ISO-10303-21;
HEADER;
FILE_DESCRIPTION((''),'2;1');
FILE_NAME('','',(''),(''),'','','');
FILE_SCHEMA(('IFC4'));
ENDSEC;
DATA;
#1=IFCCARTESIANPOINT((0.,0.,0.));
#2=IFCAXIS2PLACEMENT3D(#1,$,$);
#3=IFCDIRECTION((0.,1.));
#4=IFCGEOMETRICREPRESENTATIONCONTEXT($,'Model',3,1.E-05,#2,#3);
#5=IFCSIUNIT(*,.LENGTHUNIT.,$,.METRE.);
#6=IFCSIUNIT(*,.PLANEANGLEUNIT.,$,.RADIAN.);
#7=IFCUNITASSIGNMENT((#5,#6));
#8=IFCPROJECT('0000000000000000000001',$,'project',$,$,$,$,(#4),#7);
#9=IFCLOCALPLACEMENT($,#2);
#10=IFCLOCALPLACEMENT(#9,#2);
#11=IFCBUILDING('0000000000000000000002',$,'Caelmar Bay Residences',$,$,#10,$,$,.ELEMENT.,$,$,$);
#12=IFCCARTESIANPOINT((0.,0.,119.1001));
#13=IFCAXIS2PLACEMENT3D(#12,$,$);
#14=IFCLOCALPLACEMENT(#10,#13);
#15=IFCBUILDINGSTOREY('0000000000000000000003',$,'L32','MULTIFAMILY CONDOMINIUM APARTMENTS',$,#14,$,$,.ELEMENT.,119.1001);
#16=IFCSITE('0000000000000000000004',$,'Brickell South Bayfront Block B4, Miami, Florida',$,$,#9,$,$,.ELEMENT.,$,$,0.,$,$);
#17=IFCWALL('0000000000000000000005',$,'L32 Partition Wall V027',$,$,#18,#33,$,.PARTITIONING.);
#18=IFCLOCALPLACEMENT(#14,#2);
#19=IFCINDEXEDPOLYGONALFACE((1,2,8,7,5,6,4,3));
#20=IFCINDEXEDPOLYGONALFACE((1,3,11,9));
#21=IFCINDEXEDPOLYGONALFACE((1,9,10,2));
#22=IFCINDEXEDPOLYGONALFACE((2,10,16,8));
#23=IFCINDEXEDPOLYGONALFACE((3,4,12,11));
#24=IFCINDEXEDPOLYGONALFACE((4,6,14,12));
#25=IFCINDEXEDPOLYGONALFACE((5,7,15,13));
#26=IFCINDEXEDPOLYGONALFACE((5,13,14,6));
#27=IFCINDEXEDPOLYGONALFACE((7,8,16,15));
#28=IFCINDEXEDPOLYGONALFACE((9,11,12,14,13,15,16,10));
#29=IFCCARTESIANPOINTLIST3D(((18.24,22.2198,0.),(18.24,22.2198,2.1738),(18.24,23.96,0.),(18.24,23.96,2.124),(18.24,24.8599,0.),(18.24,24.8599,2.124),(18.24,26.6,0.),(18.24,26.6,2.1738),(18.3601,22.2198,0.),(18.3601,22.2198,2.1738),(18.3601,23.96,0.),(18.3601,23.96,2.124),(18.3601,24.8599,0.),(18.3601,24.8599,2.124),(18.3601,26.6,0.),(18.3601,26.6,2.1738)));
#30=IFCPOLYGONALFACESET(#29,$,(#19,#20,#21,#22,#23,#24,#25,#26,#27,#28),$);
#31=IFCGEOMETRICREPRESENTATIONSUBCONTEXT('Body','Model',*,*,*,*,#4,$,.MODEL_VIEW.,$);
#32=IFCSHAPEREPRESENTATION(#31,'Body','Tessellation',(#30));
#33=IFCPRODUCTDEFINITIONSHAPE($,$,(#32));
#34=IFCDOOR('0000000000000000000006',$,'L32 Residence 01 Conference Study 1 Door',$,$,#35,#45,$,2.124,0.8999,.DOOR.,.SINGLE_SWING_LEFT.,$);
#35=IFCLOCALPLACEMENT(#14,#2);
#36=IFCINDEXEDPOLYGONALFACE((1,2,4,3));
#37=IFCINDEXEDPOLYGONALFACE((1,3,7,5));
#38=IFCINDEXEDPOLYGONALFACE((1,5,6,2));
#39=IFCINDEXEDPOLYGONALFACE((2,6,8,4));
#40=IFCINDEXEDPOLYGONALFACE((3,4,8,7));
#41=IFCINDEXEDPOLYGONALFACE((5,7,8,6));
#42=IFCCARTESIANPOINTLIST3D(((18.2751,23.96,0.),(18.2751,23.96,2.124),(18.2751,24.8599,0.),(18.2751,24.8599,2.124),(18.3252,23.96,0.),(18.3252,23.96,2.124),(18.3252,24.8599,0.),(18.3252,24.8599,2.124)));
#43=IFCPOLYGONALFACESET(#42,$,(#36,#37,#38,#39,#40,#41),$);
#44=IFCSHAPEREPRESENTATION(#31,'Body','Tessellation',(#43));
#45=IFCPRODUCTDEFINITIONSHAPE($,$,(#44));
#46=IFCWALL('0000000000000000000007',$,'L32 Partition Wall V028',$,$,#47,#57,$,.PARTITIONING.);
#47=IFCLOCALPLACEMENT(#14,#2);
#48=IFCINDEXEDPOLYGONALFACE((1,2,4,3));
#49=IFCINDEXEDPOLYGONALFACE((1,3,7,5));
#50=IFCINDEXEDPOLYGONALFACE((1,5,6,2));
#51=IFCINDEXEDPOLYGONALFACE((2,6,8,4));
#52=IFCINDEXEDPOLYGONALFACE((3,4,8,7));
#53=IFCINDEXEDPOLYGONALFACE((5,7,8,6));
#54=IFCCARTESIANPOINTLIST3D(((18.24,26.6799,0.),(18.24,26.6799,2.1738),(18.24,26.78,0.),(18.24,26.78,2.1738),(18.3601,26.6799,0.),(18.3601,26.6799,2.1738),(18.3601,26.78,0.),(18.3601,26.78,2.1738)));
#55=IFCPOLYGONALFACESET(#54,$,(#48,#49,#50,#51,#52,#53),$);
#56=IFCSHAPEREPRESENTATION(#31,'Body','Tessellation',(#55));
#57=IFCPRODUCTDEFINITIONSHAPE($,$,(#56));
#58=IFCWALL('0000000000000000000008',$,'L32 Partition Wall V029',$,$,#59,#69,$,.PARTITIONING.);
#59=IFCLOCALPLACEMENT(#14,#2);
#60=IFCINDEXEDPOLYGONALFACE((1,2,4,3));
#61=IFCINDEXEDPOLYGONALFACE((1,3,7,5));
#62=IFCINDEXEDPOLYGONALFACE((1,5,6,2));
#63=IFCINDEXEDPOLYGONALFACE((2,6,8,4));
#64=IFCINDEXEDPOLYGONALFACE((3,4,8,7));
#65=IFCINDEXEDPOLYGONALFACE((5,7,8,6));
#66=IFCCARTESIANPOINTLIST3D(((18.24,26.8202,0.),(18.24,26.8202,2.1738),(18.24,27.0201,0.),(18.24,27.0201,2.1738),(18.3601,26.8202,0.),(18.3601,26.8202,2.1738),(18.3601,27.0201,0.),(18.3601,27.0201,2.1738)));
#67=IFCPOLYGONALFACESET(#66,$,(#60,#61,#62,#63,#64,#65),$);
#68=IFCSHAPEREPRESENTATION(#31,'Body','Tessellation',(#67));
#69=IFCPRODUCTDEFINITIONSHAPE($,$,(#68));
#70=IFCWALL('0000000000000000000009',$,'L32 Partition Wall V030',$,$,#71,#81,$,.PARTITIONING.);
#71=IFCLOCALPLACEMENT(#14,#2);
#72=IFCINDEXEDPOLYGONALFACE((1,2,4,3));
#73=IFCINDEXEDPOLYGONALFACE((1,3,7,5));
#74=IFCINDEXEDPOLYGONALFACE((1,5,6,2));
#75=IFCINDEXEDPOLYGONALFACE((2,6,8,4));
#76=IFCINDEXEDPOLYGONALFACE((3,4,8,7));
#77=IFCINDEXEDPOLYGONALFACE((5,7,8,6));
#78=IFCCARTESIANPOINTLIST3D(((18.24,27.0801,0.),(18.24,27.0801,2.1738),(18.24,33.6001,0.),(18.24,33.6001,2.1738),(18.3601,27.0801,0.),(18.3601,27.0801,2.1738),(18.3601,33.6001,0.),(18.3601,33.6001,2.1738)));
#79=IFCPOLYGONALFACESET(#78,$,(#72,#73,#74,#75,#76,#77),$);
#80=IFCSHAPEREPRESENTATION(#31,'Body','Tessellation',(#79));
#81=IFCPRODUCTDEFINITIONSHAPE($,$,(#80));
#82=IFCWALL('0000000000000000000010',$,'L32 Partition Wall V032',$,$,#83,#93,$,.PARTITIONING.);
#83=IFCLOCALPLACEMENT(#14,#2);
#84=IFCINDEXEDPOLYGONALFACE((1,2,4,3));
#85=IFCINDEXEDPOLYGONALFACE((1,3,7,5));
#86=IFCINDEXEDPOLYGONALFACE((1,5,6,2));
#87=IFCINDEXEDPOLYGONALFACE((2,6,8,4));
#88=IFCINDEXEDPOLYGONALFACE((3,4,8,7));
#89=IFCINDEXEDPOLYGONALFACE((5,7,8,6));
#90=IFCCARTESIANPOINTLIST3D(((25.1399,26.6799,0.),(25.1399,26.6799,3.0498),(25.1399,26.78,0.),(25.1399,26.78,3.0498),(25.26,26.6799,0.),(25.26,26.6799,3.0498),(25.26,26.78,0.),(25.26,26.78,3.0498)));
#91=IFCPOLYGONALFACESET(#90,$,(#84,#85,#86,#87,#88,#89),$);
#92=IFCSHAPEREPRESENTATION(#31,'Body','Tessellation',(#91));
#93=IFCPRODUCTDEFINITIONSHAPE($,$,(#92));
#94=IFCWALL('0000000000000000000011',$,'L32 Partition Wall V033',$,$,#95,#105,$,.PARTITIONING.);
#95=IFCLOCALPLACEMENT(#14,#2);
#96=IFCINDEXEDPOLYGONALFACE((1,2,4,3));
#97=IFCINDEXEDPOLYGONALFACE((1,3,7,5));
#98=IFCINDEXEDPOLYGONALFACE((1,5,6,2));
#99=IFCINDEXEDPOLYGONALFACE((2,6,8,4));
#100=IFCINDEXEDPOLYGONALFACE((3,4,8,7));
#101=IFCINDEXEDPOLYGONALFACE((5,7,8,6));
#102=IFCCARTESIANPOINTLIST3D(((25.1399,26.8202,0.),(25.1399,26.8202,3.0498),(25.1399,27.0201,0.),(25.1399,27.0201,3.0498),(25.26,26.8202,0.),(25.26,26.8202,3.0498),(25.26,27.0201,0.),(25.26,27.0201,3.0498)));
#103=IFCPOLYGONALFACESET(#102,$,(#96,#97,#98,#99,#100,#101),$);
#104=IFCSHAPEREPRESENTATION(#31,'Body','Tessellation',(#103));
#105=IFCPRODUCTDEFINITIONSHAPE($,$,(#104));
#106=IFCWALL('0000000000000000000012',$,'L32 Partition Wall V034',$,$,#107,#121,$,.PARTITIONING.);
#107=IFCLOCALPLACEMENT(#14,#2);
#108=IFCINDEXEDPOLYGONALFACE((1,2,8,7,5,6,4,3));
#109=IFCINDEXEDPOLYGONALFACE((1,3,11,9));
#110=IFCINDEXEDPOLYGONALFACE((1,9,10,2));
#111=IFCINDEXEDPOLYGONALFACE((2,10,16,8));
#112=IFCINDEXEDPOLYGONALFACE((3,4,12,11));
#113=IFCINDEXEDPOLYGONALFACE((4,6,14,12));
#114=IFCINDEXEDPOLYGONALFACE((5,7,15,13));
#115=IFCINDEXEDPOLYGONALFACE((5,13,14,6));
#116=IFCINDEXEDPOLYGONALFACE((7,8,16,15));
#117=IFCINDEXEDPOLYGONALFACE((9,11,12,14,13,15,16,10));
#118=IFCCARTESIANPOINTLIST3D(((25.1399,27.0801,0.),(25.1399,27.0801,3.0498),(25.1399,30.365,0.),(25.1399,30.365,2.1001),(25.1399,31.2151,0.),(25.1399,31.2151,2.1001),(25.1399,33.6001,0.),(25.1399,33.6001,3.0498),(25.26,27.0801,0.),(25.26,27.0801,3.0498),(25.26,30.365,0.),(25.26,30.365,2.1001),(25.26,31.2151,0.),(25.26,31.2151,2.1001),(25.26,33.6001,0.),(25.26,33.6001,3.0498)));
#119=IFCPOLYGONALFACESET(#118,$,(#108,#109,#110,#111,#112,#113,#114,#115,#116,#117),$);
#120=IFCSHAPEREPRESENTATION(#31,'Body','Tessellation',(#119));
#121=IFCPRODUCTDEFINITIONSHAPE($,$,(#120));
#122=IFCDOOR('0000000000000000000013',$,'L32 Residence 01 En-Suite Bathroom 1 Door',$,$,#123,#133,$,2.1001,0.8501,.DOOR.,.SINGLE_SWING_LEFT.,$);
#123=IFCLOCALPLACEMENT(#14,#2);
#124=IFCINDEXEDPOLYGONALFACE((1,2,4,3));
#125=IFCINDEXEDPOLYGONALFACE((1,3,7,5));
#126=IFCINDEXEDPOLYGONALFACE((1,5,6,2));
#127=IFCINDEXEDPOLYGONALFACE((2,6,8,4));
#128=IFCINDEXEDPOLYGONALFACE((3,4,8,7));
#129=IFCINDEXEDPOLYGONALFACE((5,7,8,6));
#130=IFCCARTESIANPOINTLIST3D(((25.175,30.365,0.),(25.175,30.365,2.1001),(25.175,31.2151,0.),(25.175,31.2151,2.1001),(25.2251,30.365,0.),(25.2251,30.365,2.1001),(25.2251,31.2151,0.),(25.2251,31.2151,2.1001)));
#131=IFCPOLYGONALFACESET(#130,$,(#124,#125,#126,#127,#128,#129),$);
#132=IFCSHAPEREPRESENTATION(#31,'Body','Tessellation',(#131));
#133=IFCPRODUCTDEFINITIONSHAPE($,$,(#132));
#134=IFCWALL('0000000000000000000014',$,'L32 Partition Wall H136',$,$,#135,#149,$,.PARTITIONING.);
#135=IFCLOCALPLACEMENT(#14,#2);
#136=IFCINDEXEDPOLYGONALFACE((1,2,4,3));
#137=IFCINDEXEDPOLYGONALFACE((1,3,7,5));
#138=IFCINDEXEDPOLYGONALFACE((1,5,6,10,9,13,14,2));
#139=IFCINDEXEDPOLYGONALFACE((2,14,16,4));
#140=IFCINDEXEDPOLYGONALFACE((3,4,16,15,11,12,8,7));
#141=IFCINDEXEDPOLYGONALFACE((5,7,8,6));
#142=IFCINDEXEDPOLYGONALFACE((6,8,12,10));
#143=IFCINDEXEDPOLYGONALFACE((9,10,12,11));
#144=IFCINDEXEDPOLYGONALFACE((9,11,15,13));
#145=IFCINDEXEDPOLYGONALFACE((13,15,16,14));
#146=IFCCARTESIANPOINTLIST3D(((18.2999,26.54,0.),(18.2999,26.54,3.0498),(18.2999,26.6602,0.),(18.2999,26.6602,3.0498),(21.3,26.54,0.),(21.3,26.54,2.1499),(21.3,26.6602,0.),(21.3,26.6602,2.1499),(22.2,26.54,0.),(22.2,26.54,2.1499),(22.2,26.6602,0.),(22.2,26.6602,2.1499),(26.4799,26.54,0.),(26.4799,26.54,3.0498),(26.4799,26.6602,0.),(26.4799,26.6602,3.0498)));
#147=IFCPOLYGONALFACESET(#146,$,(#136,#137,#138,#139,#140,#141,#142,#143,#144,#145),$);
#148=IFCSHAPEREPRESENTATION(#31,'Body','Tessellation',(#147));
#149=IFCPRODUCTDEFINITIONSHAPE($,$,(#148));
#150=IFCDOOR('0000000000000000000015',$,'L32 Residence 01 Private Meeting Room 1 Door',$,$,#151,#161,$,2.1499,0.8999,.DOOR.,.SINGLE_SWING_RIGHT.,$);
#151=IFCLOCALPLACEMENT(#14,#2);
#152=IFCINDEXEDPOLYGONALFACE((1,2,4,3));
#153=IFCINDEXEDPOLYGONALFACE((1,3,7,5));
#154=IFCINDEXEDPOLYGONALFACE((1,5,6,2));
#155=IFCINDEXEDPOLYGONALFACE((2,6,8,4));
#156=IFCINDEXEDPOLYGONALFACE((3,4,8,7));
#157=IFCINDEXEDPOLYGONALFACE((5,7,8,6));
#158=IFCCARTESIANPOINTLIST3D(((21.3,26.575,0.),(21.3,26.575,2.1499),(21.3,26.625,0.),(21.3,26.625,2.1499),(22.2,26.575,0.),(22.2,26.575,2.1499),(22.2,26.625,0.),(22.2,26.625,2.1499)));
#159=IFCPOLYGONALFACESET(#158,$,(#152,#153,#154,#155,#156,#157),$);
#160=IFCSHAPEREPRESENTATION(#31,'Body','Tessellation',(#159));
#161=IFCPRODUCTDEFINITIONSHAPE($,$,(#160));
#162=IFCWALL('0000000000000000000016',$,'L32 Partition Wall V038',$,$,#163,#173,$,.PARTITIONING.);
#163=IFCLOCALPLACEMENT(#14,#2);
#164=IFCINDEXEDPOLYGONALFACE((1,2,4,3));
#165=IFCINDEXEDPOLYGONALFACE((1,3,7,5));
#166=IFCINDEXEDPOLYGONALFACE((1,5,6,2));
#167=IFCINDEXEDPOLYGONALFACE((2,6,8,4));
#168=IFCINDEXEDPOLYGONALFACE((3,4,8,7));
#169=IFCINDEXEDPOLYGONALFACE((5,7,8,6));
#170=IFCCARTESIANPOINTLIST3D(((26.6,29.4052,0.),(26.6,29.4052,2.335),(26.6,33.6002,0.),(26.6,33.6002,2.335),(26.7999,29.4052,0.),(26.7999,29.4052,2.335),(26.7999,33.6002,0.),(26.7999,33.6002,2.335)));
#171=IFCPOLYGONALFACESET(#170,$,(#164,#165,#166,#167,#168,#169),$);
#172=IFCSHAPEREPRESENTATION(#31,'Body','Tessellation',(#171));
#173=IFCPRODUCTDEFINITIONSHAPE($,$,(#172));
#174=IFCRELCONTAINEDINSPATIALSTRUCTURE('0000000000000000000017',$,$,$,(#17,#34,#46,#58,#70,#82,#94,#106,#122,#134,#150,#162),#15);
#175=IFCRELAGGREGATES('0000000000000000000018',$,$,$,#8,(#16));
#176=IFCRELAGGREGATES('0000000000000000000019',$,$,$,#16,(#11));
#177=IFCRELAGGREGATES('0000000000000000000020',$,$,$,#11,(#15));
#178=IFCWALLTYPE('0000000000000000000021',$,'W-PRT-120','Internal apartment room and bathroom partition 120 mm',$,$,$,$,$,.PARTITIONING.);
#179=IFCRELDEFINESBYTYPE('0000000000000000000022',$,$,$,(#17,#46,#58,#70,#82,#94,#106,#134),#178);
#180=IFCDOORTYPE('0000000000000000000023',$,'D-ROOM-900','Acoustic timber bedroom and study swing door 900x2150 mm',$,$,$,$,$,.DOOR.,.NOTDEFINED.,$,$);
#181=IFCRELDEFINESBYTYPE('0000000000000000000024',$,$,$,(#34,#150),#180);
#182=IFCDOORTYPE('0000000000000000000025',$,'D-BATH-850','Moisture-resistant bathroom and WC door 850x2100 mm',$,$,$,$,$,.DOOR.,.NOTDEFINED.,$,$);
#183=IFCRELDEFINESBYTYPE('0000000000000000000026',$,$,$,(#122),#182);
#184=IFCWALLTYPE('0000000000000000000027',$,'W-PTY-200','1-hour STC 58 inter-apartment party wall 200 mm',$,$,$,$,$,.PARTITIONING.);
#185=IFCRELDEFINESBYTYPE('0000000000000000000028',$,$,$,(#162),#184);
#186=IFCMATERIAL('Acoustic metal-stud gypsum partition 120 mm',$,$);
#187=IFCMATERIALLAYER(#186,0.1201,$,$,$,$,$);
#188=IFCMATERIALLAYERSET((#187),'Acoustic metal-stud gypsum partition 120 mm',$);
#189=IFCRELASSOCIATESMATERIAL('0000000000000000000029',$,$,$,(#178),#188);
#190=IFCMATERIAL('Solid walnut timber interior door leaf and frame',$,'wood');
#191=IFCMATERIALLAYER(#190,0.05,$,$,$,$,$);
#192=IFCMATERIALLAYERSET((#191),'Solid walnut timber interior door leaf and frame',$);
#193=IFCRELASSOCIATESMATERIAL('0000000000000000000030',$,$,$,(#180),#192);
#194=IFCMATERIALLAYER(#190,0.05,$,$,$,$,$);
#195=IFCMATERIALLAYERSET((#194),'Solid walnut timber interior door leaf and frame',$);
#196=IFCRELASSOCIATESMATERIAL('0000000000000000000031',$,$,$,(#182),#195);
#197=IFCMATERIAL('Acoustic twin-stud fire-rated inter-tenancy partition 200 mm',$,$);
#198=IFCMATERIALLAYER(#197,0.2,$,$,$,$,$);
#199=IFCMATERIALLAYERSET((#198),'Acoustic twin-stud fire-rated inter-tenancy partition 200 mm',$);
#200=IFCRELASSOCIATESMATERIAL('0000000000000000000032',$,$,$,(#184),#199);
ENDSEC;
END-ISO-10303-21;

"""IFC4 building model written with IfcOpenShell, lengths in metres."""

from ifc_helpers import new_model, si_unit, direction, frame, frame_2d, origin, place, context, subcontext, project, spatial, rectangle, extrude, material, layer, layer_set, type_object, element, fill, save


model = new_model("IFC4")

# Units and contexts
model_context = context("Model", 3, precision=1e-05, world=origin(), true_north=direction((0.0, 1.0)))
body_context = subcontext(model_context, "Body", "Model", "MODEL_VIEW")
ifc_project = project(units=[si_unit("LENGTHUNIT", "METRE"), si_unit("PLANEANGLEUNIT", "RADIAN")], contexts=[model_context])

# Site, building, storey
site_placement = place(None, origin())
site = spatial("IfcSite", under=ifc_project, at=site_placement, Name="Brickell South Bayfront Block B4, Miami, Florida", CompositionType="ELEMENT", RefElevation=0.0)
building_placement = place(site_placement, origin())
building = spatial("IfcBuilding", under=site, at=building_placement, Name="Caelmar Bay Residences", CompositionType="ELEMENT")
storey_placement = place(building_placement, frame((0.0, 0.0, 119.1001)))
storey = spatial("IfcBuildingStorey", under=building, at=storey_placement, Name="L32", Description="MULTIFAMILY CONDOMINIUM APARTMENTS", CompositionType="ELEMENT", Elevation=119.1001)

# Wall, opening, door
ifc_material_1 = material(Name="Acoustic metal-stud gypsum partition 120 mm")
ifc_layer_1 = layer(ifc_material_1, 0.1201)
ifc_layer_set_1 = layer_set([ifc_layer_1], Name="Acoustic metal-stud gypsum partition 120 mm")
wall_type_1 = type_object("IfcWallType", Name="W-PRT-120", Description="Internal apartment room and bathroom partition 120 mm", PredefinedType="PARTITIONING", material=ifc_layer_set_1)
wall_1_placement = place(storey_placement, frame((18.3, 22.22, 0.0), z_axis=(0.0, 0.0, 1.0), x_axis=(0.0, 1.0, 0.0)))
wall_1 = element("IfcWall", 1, at=wall_1_placement, inside=storey, type_object=wall_type_1, Name="L32 Partition Wall V027", PredefinedType="PARTITIONING", context=body_context, shape_type="SweptSolid", body=[
    extrude(rectangle(XDim=4.3801, YDim=0.1201, at=frame_2d((2.1899, 0.0))), origin(), (0.0, 0.0, 1.0), 2.1738),
])
opening_1_placement = place(wall_1_placement, frame((1.74, 0.0, 0.0)))
opening_1 = element("IfcOpeningElement", 2, at=opening_1_placement, cuts=wall_1, PredefinedType="OPENING", context=body_context, shape_type="SweptSolid", body=[
    extrude(rectangle(XDim=0.8999, YDim=2.124, at=frame_2d((0.45, 1.062))), frame((0.0, 0.0701, 0.0), z_axis=(0.0, -1.0, 0.0), x_axis=(1.0, 0.0, 0.0)), (0.0, 0.0, 1.0), 0.1401),
])
ifc_material_2 = material(Name="Solid walnut timber interior door leaf and frame", Category="wood")
ifc_layer_2 = layer(ifc_material_2, 0.05)
ifc_layer_set_2 = layer_set([ifc_layer_2], Name="Solid walnut timber interior door leaf and frame")
door_type_1 = type_object("IfcDoorType", Name="D-ROOM-900", Description="Acoustic timber bedroom and study swing door 900x2150 mm", OperationType="NOTDEFINED", PredefinedType="DOOR", material=ifc_layer_set_2)
door_1_placement = place(opening_1_placement, origin())
door_1 = element("IfcDoor", 3, at=door_1_placement, inside=storey, type_object=door_type_1, Name="L32 Residence 01 Conference Study 1 Door", OperationType="SINGLE_SWING_LEFT", OverallHeight=2.124, OverallWidth=0.8999, PredefinedType="DOOR", context=body_context, shape_type="SweptSolid", body=[
    extrude(rectangle(XDim=0.8999, YDim=2.124, at=frame_2d((0.45, 1.062))), frame((0.0, 0.0249, 0.0), z_axis=(0.0, -1.0, 0.0), x_axis=(1.0, 0.0, 0.0)), (0.0, 0.0, 1.0), 0.05),
])
fill(opening_1, door_1)

# Walls
wall_2_placement = place(storey_placement, frame((18.3, 26.6799, 0.0), z_axis=(0.0, 0.0, 1.0), x_axis=(0.0, 1.0, 0.0)))
element("IfcWall", 4, at=wall_2_placement, inside=storey, type_object=wall_type_1, Name="L32 Partition Wall V028", PredefinedType="PARTITIONING", context=body_context, shape_type="SweptSolid", body=[
    extrude(rectangle(XDim=0.1001, YDim=0.1201, at=frame_2d((0.05, 0.0))), origin(), (0.0, 0.0, 1.0), 2.1738),
])
wall_3_placement = place(storey_placement, frame((18.3, 26.8201, 0.0), z_axis=(0.0, 0.0, 1.0), x_axis=(0.0, 1.0, 0.0)))
element("IfcWall", 5, at=wall_3_placement, inside=storey, type_object=wall_type_1, Name="L32 Partition Wall V029", PredefinedType="PARTITIONING", context=body_context, shape_type="SweptSolid", body=[
    extrude(rectangle(XDim=0.2, YDim=0.1201, at=frame_2d((0.1001, 0.0))), origin(), (0.0, 0.0, 1.0), 2.1738),
])
wall_4_placement = place(storey_placement, frame((18.3, 27.0801, 0.0), z_axis=(0.0, 0.0, 1.0), x_axis=(0.0, 1.0, 0.0)))
element("IfcWall", 6, at=wall_4_placement, inside=storey, type_object=wall_type_1, Name="L32 Partition Wall V030", PredefinedType="PARTITIONING", context=body_context, shape_type="SweptSolid", body=[
    extrude(rectangle(XDim=6.52, YDim=0.1201, at=frame_2d((3.26, 0.0))), origin(), (0.0, 0.0, 1.0), 2.1738),
])
wall_5_placement = place(storey_placement, frame((25.2, 26.6799, 0.0), z_axis=(0.0, 0.0, 1.0), x_axis=(0.0, 1.0, 0.0)))
element("IfcWall", 7, at=wall_5_placement, inside=storey, type_object=wall_type_1, Name="L32 Partition Wall V032", PredefinedType="PARTITIONING", context=body_context, shape_type="SweptSolid", body=[
    extrude(rectangle(XDim=0.1001, YDim=0.1201, at=frame_2d((0.05, 0.0))), origin(), (0.0, 0.0, 1.0), 3.0498),
])
wall_6_placement = place(storey_placement, frame((25.2, 26.8201, 0.0), z_axis=(0.0, 0.0, 1.0), x_axis=(0.0, 1.0, 0.0)))
element("IfcWall", 8, at=wall_6_placement, inside=storey, type_object=wall_type_1, Name="L32 Partition Wall V033", PredefinedType="PARTITIONING", context=body_context, shape_type="SweptSolid", body=[
    extrude(rectangle(XDim=0.2, YDim=0.1201, at=frame_2d((0.1001, 0.0))), origin(), (0.0, 0.0, 1.0), 3.0498),
])

# Walls, openings, doors
wall_7_placement = place(storey_placement, frame((25.2, 27.0801, 0.0), z_axis=(0.0, 0.0, 1.0), x_axis=(0.0, 1.0, 0.0)))
wall_7 = element("IfcWall", 9, at=wall_7_placement, inside=storey, type_object=wall_type_1, Name="L32 Partition Wall V034", PredefinedType="PARTITIONING", context=body_context, shape_type="SweptSolid", body=[
    extrude(rectangle(XDim=6.52, YDim=0.1201, at=frame_2d((3.26, 0.0))), origin(), (0.0, 0.0, 1.0), 3.0498),
])
opening_2_placement = place(wall_7_placement, frame((3.2849, 0.0, 0.0)))
opening_2 = element("IfcOpeningElement", 10, at=opening_2_placement, cuts=wall_7, PredefinedType="OPENING", context=body_context, shape_type="SweptSolid", body=[
    extrude(rectangle(XDim=0.8501, YDim=2.1001, at=frame_2d((0.425, 1.05))), frame((0.0, 0.0701, 0.0), z_axis=(0.0, -1.0, 0.0), x_axis=(1.0, 0.0, 0.0)), (0.0, 0.0, 1.0), 0.1401),
])
ifc_layer_3 = layer(ifc_material_2, 0.05)
ifc_layer_set_3 = layer_set([ifc_layer_3], Name="Solid walnut timber interior door leaf and frame")
door_type_2 = type_object("IfcDoorType", Name="D-BATH-850", Description="Moisture-resistant bathroom and WC door 850x2100 mm", OperationType="NOTDEFINED", PredefinedType="DOOR", material=ifc_layer_set_3)
door_2_placement = place(opening_2_placement, origin())
door_2 = element("IfcDoor", 11, at=door_2_placement, inside=storey, type_object=door_type_2, Name="L32 Residence 01 En-Suite Bathroom 1 Door", OperationType="SINGLE_SWING_LEFT", OverallHeight=2.1001, OverallWidth=0.8501, PredefinedType="DOOR", context=body_context, shape_type="SweptSolid", body=[
    extrude(rectangle(XDim=0.8501, YDim=2.1001, at=frame_2d((0.425, 1.05))), frame((0.0, 0.0249, 0.0), z_axis=(0.0, -1.0, 0.0), x_axis=(1.0, 0.0, 0.0)), (0.0, 0.0, 1.0), 0.05),
])
fill(opening_2, door_2)
wall_8_placement = place(storey_placement, frame((18.3, 26.6001, 0.0), z_axis=(0.0, 0.0, 1.0), x_axis=(1.0, 0.0, 0.0)))
wall_8 = element("IfcWall", 12, at=wall_8_placement, inside=storey, type_object=wall_type_1, Name="L32 Partition Wall H136", PredefinedType="PARTITIONING", context=body_context, shape_type="SweptSolid", body=[
    extrude(rectangle(XDim=8.1799, YDim=0.1201, at=frame_2d((4.0898, 0.0))), origin(), (0.0, 0.0, 1.0), 3.0498),
])
opening_3_placement = place(wall_8_placement, frame((3.0, 0.0, 0.0)))
opening_3 = element("IfcOpeningElement", 13, at=opening_3_placement, cuts=wall_8, PredefinedType="OPENING", context=body_context, shape_type="SweptSolid", body=[
    extrude(rectangle(XDim=0.8999, YDim=2.1499, at=frame_2d((0.45, 1.075))), frame((0.0, 0.0701, 0.0), z_axis=(0.0, -1.0, 0.0), x_axis=(1.0, 0.0, 0.0)), (0.0, 0.0, 1.0), 0.1401),
])
door_3_placement = place(opening_3_placement, origin())
door_3 = element("IfcDoor", 14, at=door_3_placement, inside=storey, type_object=door_type_1, Name="L32 Residence 01 Private Meeting Room 1 Door", OperationType="SINGLE_SWING_RIGHT", OverallHeight=2.1499, OverallWidth=0.8999, PredefinedType="DOOR", context=body_context, shape_type="SweptSolid", body=[
    extrude(rectangle(XDim=0.8999, YDim=2.1499, at=frame_2d((0.45, 1.075))), frame((0.0, 0.0249, 0.0), z_axis=(0.0, -1.0, 0.0), x_axis=(1.0, 0.0, 0.0)), (0.0, 0.0, 1.0), 0.05),
])
fill(opening_3, door_3)

# Wall
ifc_material_3 = material(Name="Acoustic twin-stud fire-rated inter-tenancy partition 200 mm")
ifc_layer_4 = layer(ifc_material_3, 0.2)
ifc_layer_set_4 = layer_set([ifc_layer_4], Name="Acoustic twin-stud fire-rated inter-tenancy partition 200 mm")
wall_type_2 = type_object("IfcWallType", Name="W-PTY-200", Description="1-hour STC 58 inter-apartment party wall 200 mm", PredefinedType="PARTITIONING", material=ifc_layer_set_4)
wall_9_placement = place(storey_placement, frame((26.7, 29.405, 0.0), z_axis=(0.0, 0.0, 1.0), x_axis=(0.0, 1.0, 0.0)))
element("IfcWall", 15, at=wall_9_placement, inside=storey, type_object=wall_type_2, Name="L32 Partition Wall V038", PredefinedType="PARTITIONING", context=body_context, shape_type="SweptSolid", body=[
    extrude(rectangle(XDim=4.1951, YDim=0.2, at=frame_2d((2.0977, 0.0))), origin(), (0.0, 0.0, 1.0), 2.335),
])

save(model, "model.ifc")
